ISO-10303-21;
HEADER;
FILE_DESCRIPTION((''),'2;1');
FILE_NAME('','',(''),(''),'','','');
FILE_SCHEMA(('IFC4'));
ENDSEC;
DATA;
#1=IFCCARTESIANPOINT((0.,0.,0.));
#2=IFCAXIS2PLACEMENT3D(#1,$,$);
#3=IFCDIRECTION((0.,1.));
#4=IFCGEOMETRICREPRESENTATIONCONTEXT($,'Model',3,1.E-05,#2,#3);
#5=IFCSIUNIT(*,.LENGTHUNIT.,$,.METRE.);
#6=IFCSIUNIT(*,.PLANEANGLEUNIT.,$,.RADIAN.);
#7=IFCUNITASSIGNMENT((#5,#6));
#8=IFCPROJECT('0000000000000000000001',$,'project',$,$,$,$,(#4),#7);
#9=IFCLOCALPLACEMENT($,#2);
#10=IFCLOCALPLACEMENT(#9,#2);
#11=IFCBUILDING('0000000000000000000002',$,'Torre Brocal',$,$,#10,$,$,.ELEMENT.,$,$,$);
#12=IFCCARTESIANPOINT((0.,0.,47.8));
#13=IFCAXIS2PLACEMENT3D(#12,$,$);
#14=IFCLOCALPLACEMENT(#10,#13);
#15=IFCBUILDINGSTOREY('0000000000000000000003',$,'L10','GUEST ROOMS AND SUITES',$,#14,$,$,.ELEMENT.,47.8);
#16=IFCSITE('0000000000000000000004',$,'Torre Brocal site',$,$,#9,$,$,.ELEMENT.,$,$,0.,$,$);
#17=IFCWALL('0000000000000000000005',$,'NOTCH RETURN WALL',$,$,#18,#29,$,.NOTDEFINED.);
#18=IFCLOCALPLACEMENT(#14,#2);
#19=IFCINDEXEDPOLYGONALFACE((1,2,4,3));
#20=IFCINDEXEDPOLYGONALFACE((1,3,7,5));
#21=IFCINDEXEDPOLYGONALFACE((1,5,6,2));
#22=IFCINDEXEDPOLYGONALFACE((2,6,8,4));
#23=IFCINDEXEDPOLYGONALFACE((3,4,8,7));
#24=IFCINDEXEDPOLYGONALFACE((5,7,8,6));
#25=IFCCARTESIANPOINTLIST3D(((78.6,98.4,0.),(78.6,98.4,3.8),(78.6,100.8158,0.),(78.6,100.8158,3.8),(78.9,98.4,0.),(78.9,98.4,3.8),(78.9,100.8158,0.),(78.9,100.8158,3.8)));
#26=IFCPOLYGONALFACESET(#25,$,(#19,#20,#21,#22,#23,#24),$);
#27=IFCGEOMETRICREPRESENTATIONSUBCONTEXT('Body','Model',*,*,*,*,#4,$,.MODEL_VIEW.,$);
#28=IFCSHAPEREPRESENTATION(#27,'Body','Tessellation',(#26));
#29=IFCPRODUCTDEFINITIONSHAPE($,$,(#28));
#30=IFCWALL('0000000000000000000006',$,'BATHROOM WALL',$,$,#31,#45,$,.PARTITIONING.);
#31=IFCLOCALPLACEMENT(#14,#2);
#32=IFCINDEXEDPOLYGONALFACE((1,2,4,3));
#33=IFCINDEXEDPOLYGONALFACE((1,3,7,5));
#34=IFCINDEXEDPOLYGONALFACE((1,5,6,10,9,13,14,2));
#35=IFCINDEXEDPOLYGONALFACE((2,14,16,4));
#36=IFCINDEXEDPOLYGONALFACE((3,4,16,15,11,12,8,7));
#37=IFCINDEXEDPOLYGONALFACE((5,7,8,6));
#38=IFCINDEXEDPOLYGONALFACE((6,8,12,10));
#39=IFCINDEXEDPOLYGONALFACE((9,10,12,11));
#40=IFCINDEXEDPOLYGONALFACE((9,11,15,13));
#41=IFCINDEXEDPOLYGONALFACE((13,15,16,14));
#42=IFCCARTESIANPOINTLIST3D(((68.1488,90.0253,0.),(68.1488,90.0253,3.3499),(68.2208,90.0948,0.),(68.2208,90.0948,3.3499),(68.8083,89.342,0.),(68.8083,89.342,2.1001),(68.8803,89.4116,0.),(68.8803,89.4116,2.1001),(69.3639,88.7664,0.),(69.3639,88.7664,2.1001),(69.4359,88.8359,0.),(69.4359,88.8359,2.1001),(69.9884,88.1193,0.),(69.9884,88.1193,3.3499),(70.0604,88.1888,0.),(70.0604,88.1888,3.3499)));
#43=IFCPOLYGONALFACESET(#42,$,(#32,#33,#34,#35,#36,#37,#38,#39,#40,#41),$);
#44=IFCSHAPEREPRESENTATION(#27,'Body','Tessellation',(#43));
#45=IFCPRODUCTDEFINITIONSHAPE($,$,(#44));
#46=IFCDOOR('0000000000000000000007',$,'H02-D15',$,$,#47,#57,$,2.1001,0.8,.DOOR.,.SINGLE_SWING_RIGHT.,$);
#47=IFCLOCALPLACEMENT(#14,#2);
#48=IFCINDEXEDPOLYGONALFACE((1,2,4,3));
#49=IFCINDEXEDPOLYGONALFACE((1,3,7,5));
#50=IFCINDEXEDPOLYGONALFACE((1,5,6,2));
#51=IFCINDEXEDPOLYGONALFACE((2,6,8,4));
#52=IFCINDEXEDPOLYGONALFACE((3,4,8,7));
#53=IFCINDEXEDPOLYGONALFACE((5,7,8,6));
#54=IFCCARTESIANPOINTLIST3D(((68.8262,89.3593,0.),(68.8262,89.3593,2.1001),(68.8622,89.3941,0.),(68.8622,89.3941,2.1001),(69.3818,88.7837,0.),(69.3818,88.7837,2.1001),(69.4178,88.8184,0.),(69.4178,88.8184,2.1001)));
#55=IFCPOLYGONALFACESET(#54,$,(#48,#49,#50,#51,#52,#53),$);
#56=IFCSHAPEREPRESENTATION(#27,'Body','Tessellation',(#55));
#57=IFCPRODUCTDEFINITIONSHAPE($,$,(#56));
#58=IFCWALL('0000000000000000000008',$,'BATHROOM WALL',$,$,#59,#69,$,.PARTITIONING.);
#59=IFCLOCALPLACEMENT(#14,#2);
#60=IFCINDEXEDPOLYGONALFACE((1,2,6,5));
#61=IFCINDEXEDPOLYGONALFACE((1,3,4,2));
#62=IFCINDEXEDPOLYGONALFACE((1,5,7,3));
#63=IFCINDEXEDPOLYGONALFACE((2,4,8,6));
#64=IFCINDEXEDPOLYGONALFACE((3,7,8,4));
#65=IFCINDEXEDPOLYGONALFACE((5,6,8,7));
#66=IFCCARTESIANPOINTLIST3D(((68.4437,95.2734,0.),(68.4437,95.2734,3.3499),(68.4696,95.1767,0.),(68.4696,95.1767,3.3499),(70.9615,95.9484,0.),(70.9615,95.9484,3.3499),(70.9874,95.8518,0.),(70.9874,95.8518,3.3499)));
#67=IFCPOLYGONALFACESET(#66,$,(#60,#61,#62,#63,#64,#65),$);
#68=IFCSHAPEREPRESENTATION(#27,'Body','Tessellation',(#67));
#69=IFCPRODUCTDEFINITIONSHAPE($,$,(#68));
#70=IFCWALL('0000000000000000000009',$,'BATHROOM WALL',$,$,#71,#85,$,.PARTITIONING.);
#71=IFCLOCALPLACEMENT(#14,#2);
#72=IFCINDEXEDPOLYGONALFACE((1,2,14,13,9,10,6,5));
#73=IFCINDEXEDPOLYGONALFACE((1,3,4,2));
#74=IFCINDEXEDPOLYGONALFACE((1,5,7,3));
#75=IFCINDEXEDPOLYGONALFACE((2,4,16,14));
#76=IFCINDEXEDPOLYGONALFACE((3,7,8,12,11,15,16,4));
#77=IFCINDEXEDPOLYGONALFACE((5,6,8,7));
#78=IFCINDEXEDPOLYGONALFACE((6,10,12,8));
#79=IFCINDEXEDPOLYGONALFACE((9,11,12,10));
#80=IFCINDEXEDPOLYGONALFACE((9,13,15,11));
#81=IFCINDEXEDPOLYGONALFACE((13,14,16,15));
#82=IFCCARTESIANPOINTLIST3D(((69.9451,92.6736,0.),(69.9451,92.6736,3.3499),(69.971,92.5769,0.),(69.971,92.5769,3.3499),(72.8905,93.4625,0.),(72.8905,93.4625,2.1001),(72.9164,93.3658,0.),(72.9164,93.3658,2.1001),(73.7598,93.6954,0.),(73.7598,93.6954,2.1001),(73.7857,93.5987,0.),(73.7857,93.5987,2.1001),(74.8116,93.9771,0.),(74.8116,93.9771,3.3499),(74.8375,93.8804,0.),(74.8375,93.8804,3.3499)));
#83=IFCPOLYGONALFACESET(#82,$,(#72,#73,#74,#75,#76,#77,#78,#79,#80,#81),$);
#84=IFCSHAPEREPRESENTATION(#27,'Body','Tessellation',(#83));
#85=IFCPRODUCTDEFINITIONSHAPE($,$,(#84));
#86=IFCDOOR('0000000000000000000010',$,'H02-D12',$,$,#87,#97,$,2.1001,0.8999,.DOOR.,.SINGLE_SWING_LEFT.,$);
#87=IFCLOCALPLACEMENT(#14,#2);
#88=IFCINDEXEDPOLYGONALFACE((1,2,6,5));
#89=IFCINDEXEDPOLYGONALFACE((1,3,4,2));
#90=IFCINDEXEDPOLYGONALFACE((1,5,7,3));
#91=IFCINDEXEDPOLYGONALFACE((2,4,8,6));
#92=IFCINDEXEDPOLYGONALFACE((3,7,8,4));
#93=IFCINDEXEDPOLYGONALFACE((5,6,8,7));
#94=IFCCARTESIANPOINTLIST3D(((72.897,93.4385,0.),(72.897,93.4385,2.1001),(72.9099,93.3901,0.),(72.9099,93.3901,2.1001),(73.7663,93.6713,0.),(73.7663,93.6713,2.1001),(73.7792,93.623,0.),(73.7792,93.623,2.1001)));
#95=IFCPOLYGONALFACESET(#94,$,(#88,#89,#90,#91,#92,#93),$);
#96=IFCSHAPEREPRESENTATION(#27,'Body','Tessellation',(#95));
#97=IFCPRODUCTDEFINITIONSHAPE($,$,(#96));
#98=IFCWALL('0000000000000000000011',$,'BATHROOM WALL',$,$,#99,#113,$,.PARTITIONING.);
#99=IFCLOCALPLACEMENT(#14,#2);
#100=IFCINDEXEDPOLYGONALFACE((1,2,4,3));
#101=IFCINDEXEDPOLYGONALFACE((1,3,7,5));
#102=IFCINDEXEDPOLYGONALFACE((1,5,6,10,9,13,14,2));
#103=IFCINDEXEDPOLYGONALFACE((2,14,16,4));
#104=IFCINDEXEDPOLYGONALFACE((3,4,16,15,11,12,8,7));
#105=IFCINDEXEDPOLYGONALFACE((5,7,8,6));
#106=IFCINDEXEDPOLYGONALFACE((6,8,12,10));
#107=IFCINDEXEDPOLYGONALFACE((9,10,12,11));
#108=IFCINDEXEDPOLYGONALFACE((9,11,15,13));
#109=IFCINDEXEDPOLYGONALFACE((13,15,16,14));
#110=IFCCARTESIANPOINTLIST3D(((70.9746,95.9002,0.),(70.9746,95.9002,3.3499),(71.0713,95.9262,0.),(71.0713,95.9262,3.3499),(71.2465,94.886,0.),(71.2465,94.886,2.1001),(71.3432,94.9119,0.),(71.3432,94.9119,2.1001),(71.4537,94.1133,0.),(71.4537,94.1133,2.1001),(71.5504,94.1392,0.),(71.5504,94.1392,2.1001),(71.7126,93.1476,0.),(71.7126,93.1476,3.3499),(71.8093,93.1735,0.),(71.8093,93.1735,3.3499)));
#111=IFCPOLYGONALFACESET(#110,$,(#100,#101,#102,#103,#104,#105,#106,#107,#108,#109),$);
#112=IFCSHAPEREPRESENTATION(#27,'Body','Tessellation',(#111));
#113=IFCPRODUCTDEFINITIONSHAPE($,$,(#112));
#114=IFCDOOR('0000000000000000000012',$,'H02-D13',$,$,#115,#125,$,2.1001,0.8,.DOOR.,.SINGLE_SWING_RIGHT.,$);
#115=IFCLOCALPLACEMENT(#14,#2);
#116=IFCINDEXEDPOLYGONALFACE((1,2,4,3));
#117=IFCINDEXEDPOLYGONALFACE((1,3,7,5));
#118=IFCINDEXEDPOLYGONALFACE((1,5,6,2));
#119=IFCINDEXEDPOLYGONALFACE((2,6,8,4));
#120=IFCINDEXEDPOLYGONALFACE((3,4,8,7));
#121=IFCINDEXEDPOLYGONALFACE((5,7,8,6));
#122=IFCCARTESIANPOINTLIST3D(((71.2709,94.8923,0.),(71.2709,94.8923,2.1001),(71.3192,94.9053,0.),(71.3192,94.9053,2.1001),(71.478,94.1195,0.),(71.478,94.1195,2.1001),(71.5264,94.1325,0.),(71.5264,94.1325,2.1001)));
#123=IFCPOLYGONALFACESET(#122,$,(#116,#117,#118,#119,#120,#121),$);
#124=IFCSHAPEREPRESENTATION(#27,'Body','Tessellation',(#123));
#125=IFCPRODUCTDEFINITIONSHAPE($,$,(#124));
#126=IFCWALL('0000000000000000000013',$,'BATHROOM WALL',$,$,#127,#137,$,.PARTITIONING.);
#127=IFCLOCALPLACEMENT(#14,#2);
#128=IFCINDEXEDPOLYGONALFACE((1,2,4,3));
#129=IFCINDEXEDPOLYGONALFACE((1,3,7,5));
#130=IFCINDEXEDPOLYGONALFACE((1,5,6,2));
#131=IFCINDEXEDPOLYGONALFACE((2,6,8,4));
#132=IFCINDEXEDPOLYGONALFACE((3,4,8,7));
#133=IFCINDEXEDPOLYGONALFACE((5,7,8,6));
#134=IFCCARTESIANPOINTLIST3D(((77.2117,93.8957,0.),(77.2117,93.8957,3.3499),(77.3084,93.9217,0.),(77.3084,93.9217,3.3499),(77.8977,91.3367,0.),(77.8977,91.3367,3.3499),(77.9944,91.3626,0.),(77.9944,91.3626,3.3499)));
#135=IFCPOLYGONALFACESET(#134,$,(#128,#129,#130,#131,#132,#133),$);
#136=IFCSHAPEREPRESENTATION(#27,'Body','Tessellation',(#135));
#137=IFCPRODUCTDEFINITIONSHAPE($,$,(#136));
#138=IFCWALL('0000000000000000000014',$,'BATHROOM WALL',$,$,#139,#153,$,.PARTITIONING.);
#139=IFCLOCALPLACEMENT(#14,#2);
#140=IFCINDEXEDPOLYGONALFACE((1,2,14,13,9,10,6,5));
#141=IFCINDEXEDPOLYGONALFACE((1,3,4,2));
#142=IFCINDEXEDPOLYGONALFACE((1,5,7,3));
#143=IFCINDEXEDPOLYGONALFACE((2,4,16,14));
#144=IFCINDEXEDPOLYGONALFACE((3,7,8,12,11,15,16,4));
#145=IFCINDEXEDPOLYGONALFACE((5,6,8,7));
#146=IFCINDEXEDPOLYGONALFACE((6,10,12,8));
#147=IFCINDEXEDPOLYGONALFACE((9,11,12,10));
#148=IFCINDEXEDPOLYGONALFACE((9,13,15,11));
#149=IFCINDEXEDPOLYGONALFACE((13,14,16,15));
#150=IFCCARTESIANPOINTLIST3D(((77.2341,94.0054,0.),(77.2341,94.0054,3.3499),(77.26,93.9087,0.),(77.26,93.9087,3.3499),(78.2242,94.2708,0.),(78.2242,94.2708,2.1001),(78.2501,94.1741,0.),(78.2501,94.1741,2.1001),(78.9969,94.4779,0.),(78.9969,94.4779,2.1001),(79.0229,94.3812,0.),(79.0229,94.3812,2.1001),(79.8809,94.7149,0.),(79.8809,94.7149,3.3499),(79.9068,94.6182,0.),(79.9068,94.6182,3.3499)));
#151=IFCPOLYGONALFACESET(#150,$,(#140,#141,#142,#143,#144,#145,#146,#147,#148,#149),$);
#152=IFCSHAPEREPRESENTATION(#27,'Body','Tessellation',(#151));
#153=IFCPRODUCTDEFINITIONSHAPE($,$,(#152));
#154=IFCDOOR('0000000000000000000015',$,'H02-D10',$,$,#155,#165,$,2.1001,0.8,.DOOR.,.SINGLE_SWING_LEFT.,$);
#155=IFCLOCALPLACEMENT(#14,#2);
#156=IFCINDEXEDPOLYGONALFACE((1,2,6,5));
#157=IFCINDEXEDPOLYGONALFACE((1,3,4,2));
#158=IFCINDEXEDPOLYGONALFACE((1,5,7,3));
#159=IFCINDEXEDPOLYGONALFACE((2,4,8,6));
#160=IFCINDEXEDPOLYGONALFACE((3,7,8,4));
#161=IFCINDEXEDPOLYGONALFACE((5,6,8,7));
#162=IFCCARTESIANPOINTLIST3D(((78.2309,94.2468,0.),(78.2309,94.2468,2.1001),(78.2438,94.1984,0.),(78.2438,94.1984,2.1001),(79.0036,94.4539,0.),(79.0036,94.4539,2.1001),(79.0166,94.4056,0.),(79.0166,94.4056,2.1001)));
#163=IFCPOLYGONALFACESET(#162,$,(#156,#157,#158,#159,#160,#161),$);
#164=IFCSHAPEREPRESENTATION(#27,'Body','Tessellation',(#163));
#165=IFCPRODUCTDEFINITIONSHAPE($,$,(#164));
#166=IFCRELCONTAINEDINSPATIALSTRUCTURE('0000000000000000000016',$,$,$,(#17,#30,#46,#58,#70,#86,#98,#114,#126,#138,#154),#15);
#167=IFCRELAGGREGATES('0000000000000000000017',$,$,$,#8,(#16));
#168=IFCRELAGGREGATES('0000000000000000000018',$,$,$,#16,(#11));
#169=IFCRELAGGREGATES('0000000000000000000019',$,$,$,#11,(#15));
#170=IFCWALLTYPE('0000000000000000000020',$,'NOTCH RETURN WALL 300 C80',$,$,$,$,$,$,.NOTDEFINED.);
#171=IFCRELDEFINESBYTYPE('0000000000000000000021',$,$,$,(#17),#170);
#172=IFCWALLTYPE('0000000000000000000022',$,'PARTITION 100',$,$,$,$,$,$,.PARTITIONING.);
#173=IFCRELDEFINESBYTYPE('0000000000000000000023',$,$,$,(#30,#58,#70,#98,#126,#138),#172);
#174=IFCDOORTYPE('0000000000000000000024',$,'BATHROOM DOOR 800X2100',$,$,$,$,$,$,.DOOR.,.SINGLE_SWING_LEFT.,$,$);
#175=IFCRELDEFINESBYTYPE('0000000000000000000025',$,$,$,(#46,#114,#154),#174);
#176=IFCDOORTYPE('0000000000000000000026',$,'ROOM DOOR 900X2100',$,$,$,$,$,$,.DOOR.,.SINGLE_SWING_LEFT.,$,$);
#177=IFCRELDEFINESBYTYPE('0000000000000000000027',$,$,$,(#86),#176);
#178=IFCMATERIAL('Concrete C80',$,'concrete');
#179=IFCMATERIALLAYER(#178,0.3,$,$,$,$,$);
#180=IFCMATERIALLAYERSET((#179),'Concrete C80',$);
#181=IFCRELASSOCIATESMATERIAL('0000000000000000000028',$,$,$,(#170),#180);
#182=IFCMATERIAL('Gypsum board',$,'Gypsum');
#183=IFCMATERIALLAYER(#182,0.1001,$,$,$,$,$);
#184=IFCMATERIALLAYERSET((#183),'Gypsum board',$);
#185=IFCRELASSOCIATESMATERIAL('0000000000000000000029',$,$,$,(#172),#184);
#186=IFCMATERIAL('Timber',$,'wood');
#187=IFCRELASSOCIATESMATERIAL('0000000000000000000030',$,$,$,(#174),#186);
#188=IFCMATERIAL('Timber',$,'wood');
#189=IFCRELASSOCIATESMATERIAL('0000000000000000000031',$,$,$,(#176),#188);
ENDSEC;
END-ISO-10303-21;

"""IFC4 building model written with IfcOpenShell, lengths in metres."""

from ifc_helpers import new_model, si_unit, direction, frame, frame_2d, origin, place, context, subcontext, project, spatial, rectangle, extrude, material, layer, layer_set, type_object, element, fill, save


model = new_model("IFC4")

# Units and contexts
model_context = context("Model", 3, precision=1e-05, world=origin(), true_north=direction((0.0, 1.0)))
body_context = subcontext(model_context, "Body", "Model", "MODEL_VIEW")
ifc_project = project(units=[si_unit("LENGTHUNIT", "METRE"), si_unit("PLANEANGLEUNIT", "RADIAN")], contexts=[model_context])

# Site, building, storey
site_placement = place(None, origin())
site = spatial("IfcSite", under=ifc_project, at=site_placement, Name="Torre Brocal site", CompositionType="ELEMENT", RefElevation=0.0)
building_placement = place(site_placement, origin())
building = spatial("IfcBuilding", under=site, at=building_placement, Name="Torre Brocal", CompositionType="ELEMENT")
storey_placement = place(building_placement, frame((0.0, 0.0, 47.8)))
storey = spatial("IfcBuildingStorey", under=building, at=storey_placement, Name="L10", Description="GUEST ROOMS AND SUITES", CompositionType="ELEMENT", Elevation=47.8)

# Wall
ifc_material_1 = material(Name="Concrete C80", Category="concrete")
ifc_layer_1 = layer(ifc_material_1, 0.3)
ifc_layer_set_1 = layer_set([ifc_layer_1], Name="Concrete C80")
wall_type_1 = type_object("IfcWallType", Name="NOTCH RETURN WALL 300 C80", PredefinedType="NOTDEFINED", material=ifc_layer_set_1)
wall_1_placement = place(storey_placement, frame((78.75, 98.3999, 0.0), z_axis=(0.0, 0.0, 1.0), x_axis=(0.0, 1.0, 0.0)))
element("IfcWall", 1, at=wall_1_placement, inside=storey, type_object=wall_type_1, Name="NOTCH RETURN WALL", PredefinedType="NOTDEFINED", context=body_context, shape_type="SweptSolid", body=[
    extrude(rectangle(XDim=2.4158, YDim=0.3, at=frame_2d((1.208, 0.0))), origin(), (0.0, 0.0, 1.0), 3.8),
])

# Wall, opening, door
ifc_material_2 = material(Name="Gypsum board", Category="Gypsum")
ifc_layer_2 = layer(ifc_material_2, 0.1001)
ifc_layer_set_2 = layer_set([ifc_layer_2], Name="Gypsum board")
wall_type_2 = type_object("IfcWallType", Name="PARTITION 100", PredefinedType="PARTITIONING", material=ifc_layer_set_2)
wall_2_placement = place(storey_placement, frame((68.1848, 90.0601, 0.0), z_axis=(0.0, 0.0, 1.0), x_axis=(0.694461, -0.71953, 0.0)))
wall_2 = element("IfcWall", 2, at=wall_2_placement, inside=storey, type_object=wall_type_2, Name="BATHROOM WALL", PredefinedType="PARTITIONING", context=body_context, shape_type="SweptSolid", body=[
    extrude(rectangle(XDim=2.6489, YDim=0.1001, at=frame_2d((1.3245, 0.0))), origin(), (0.0, 0.0, 1.0), 3.3499),
])
opening_1_placement = place(wall_2_placement, frame((0.9497, 0.0, 0.0)))
opening_1 = element("IfcOpeningElement", 3, at=opening_1_placement, cuts=wall_2, PredefinedType="OPENING", context=body_context, shape_type="SweptSolid", body=[
    extrude(rectangle(XDim=0.8, YDim=2.1001, at=frame_2d((0.3999, 1.05))), frame((0.0, 0.0601, 0.0), z_axis=(0.0, -1.0, 0.0), x_axis=(1.0, 0.0, 0.0)), (0.0, 0.0, 1.0), 0.1201),
])
ifc_material_3 = material(Name="Timber", Category="wood")
door_type_1 = type_object("IfcDoorType", Name="BATHROOM DOOR 800X2100", OperationType="SINGLE_SWING_LEFT", PredefinedType="DOOR", material=ifc_material_3)
door_1_placement = place(opening_1_placement, origin())
door_1 = element("IfcDoor", 4, at=door_1_placement, inside=storey, type_object=door_type_1, Name="H02-D15", OperationType="SINGLE_SWING_RIGHT", OverallHeight=2.1001, OverallWidth=0.8, PredefinedType="DOOR", context=body_context, shape_type="SweptSolid", body=[
    extrude(rectangle(XDim=0.8, YDim=2.1001, at=frame_2d((0.3999, 1.05))), frame((0.0, 0.0249, 0.0), z_axis=(0.0, -1.0, 0.0), x_axis=(1.0, 0.0, 0.0)), (0.0, 0.0, 1.0), 0.05),
])
fill(opening_1, door_1)

# Wall
wall_3_placement = place(storey_placement, frame((68.4568, 95.2251, 0.0), z_axis=(0.0, 0.0, 1.0), x_axis=(0.965887, 0.258962, 0.0)))
element("IfcWall", 5, at=wall_3_placement, inside=storey, type_object=wall_type_2, Name="BATHROOM WALL", PredefinedType="PARTITIONING", context=body_context, shape_type="SweptSolid", body=[
    extrude(rectangle(XDim=2.6067, YDim=0.1001, at=frame_2d((1.3032, 0.0))), origin(), (0.0, 0.0, 1.0), 3.3499),
])

# Walls, openings, doors
wall_4_placement = place(storey_placement, frame((69.958, 92.6252, 0.0), z_axis=(0.0, 0.0, 1.0), x_axis=(0.96595, 0.258727, 0.0)))
wall_4 = element("IfcWall", 6, at=wall_4_placement, inside=storey, type_object=wall_type_2, Name="BATHROOM WALL", PredefinedType="PARTITIONING", context=body_context, shape_type="SweptSolid", body=[
    extrude(rectangle(XDim=5.0381, YDim=0.1001, at=frame_2d((2.519, 0.0))), origin(), (0.0, 0.0, 1.0), 3.3499),
])
opening_2_placement = place(wall_4_placement, frame((3.0493, 0.0, 0.0)))
opening_2 = element("IfcOpeningElement", 7, at=opening_2_placement, cuts=wall_4, PredefinedType="OPENING", context=body_context, shape_type="SweptSolid", body=[
    extrude(rectangle(XDim=0.8999, YDim=2.1001, at=frame_2d((0.45, 1.05))), frame((0.0, 0.0601, 0.0), z_axis=(0.0, -1.0, 0.0), x_axis=(1.0, 0.0, 0.0)), (0.0, 0.0, 1.0), 0.1201),
])
ifc_material_4 = material(Name="Timber", Category="wood")
door_type_2 = type_object("IfcDoorType", Name="ROOM DOOR 900X2100", OperationType="SINGLE_SWING_LEFT", PredefinedType="DOOR", material=ifc_material_4)
door_2_placement = place(opening_2_placement, frame((0.8999, 0.0, 0.0), z_axis=(0.0, 0.0, 1.0), x_axis=(-1.0, 0.0, 0.0)))
door_2 = element("IfcDoor", 8, at=door_2_placement, inside=storey, type_object=door_type_2, Name="H02-D12", OperationType="SINGLE_SWING_LEFT", OverallHeight=2.1001, OverallWidth=0.8999, PredefinedType="DOOR", context=body_context, shape_type="SweptSolid", body=[
    extrude(rectangle(XDim=0.8999, YDim=2.1001, at=frame_2d((0.45, 1.05))), frame((0.0, 0.0249, 0.0), z_axis=(0.0, -1.0, 0.0), x_axis=(1.0, 0.0, 0.0)), (0.0, 0.0, 1.0), 0.05),
])
fill(opening_2, door_2)
wall_5_placement = place(storey_placement, frame((71.0229, 95.9131, 0.0), z_axis=(0.0, 0.0, 1.0), x_axis=(0.258969, -0.965886, 0.0)))
wall_5 = element("IfcWall", 9, at=wall_5_placement, inside=storey, type_object=wall_type_2, Name="BATHROOM WALL", PredefinedType="PARTITIONING", context=body_context, shape_type="SweptSolid", body=[
    extrude(rectangle(XDim=2.8499, YDim=0.1001, at=frame_2d((1.4248, 0.0))), origin(), (0.0, 0.0, 1.0), 3.3499),
])
opening_3_placement = place(wall_5_placement, frame((1.05, 0.0, 0.0)))
opening_3 = element("IfcOpeningElement", 10, at=opening_3_placement, cuts=wall_5, PredefinedType="OPENING", context=body_context, shape_type="SweptSolid", body=[
    extrude(rectangle(XDim=0.8, YDim=2.1001, at=frame_2d((0.3999, 1.05))), frame((0.0, 0.0601, 0.0), z_axis=(0.0, -1.0, 0.0), x_axis=(1.0, 0.0, 0.0)), (0.0, 0.0, 1.0), 0.1201),
])
door_3_placement = place(opening_3_placement, frame((0.8, 0.0, 0.0), z_axis=(0.0, 0.0, 1.0), x_axis=(-1.0, 0.0, 0.0)))
door_3 = element("IfcDoor", 11, at=door_3_placement, inside=storey, type_object=door_type_1, Name="H02-D13", OperationType="SINGLE_SWING_RIGHT", OverallHeight=2.1001, OverallWidth=0.8, PredefinedType="DOOR", context=body_context, shape_type="SweptSolid", body=[
    extrude(rectangle(XDim=0.8, YDim=2.1001, at=frame_2d((0.3999, 1.05))), frame((0.0, 0.0249, 0.0), z_axis=(0.0, -1.0, 0.0), x_axis=(1.0, 0.0, 0.0)), (0.0, 0.0, 1.0), 0.05),
])
fill(opening_3, door_3)

# Wall
wall_6_placement = place(storey_placement, frame((77.26, 93.9087, 0.0), z_axis=(0.0, 0.0, 1.0), x_axis=(0.258936, -0.965895, 0.0)))
element("IfcWall", 12, at=wall_6_placement, inside=storey, type_object=wall_type_2, Name="BATHROOM WALL", PredefinedType="PARTITIONING", context=body_context, shape_type="SweptSolid", body=[
    extrude(rectangle(XDim=2.6494, YDim=0.1001, at=frame_2d((1.3247, 0.0))), origin(), (0.0, 0.0, 1.0), 3.3499),
])

# Wall, opening, door
wall_7_placement = place(storey_placement, frame((77.2471, 93.957, 0.0), z_axis=(0.0, 0.0, 1.0), x_axis=(0.9659, 0.258916, 0.0)))
wall_7 = element("IfcWall", 13, at=wall_7_placement, inside=storey, type_object=wall_type_2, Name="BATHROOM WALL", PredefinedType="PARTITIONING", context=body_context, shape_type="SweptSolid", body=[
    extrude(rectangle(XDim=2.7402, YDim=0.1001, at=frame_2d((1.3701, 0.0))), origin(), (0.0, 0.0, 1.0), 3.3499),
])
opening_4_placement = place(wall_7_placement, frame((1.0251, 0.0, 0.0)))
opening_4 = element("IfcOpeningElement", 14, at=opening_4_placement, cuts=wall_7, PredefinedType="OPENING", context=body_context, shape_type="SweptSolid", body=[
    extrude(rectangle(XDim=0.8, YDim=2.1001, at=frame_2d((0.3999, 1.05))), frame((0.0, 0.0601, 0.0), z_axis=(0.0, -1.0, 0.0), x_axis=(1.0, 0.0, 0.0)), (0.0, 0.0, 1.0), 0.1201),
])
door_4_placement = place(opening_4_placement, frame((0.8, 0.0, 0.0), z_axis=(0.0, 0.0, 1.0), x_axis=(-1.0, 0.0, 0.0)))
door_4 = element("IfcDoor", 15, at=door_4_placement, inside=storey, type_object=door_type_1, Name="H02-D10", OperationType="SINGLE_SWING_LEFT", OverallHeight=2.1001, OverallWidth=0.8, PredefinedType="DOOR", context=body_context, shape_type="SweptSolid", body=[
    extrude(rectangle(XDim=0.8, YDim=2.1001, at=frame_2d((0.3999, 1.05))), frame((0.0, 0.0249, 0.0), z_axis=(0.0, -1.0, 0.0), x_axis=(1.0, 0.0, 0.0)), (0.0, 0.0, 1.0), 0.05),
])
fill(opening_4, door_4)

save(model, "model.ifc")
